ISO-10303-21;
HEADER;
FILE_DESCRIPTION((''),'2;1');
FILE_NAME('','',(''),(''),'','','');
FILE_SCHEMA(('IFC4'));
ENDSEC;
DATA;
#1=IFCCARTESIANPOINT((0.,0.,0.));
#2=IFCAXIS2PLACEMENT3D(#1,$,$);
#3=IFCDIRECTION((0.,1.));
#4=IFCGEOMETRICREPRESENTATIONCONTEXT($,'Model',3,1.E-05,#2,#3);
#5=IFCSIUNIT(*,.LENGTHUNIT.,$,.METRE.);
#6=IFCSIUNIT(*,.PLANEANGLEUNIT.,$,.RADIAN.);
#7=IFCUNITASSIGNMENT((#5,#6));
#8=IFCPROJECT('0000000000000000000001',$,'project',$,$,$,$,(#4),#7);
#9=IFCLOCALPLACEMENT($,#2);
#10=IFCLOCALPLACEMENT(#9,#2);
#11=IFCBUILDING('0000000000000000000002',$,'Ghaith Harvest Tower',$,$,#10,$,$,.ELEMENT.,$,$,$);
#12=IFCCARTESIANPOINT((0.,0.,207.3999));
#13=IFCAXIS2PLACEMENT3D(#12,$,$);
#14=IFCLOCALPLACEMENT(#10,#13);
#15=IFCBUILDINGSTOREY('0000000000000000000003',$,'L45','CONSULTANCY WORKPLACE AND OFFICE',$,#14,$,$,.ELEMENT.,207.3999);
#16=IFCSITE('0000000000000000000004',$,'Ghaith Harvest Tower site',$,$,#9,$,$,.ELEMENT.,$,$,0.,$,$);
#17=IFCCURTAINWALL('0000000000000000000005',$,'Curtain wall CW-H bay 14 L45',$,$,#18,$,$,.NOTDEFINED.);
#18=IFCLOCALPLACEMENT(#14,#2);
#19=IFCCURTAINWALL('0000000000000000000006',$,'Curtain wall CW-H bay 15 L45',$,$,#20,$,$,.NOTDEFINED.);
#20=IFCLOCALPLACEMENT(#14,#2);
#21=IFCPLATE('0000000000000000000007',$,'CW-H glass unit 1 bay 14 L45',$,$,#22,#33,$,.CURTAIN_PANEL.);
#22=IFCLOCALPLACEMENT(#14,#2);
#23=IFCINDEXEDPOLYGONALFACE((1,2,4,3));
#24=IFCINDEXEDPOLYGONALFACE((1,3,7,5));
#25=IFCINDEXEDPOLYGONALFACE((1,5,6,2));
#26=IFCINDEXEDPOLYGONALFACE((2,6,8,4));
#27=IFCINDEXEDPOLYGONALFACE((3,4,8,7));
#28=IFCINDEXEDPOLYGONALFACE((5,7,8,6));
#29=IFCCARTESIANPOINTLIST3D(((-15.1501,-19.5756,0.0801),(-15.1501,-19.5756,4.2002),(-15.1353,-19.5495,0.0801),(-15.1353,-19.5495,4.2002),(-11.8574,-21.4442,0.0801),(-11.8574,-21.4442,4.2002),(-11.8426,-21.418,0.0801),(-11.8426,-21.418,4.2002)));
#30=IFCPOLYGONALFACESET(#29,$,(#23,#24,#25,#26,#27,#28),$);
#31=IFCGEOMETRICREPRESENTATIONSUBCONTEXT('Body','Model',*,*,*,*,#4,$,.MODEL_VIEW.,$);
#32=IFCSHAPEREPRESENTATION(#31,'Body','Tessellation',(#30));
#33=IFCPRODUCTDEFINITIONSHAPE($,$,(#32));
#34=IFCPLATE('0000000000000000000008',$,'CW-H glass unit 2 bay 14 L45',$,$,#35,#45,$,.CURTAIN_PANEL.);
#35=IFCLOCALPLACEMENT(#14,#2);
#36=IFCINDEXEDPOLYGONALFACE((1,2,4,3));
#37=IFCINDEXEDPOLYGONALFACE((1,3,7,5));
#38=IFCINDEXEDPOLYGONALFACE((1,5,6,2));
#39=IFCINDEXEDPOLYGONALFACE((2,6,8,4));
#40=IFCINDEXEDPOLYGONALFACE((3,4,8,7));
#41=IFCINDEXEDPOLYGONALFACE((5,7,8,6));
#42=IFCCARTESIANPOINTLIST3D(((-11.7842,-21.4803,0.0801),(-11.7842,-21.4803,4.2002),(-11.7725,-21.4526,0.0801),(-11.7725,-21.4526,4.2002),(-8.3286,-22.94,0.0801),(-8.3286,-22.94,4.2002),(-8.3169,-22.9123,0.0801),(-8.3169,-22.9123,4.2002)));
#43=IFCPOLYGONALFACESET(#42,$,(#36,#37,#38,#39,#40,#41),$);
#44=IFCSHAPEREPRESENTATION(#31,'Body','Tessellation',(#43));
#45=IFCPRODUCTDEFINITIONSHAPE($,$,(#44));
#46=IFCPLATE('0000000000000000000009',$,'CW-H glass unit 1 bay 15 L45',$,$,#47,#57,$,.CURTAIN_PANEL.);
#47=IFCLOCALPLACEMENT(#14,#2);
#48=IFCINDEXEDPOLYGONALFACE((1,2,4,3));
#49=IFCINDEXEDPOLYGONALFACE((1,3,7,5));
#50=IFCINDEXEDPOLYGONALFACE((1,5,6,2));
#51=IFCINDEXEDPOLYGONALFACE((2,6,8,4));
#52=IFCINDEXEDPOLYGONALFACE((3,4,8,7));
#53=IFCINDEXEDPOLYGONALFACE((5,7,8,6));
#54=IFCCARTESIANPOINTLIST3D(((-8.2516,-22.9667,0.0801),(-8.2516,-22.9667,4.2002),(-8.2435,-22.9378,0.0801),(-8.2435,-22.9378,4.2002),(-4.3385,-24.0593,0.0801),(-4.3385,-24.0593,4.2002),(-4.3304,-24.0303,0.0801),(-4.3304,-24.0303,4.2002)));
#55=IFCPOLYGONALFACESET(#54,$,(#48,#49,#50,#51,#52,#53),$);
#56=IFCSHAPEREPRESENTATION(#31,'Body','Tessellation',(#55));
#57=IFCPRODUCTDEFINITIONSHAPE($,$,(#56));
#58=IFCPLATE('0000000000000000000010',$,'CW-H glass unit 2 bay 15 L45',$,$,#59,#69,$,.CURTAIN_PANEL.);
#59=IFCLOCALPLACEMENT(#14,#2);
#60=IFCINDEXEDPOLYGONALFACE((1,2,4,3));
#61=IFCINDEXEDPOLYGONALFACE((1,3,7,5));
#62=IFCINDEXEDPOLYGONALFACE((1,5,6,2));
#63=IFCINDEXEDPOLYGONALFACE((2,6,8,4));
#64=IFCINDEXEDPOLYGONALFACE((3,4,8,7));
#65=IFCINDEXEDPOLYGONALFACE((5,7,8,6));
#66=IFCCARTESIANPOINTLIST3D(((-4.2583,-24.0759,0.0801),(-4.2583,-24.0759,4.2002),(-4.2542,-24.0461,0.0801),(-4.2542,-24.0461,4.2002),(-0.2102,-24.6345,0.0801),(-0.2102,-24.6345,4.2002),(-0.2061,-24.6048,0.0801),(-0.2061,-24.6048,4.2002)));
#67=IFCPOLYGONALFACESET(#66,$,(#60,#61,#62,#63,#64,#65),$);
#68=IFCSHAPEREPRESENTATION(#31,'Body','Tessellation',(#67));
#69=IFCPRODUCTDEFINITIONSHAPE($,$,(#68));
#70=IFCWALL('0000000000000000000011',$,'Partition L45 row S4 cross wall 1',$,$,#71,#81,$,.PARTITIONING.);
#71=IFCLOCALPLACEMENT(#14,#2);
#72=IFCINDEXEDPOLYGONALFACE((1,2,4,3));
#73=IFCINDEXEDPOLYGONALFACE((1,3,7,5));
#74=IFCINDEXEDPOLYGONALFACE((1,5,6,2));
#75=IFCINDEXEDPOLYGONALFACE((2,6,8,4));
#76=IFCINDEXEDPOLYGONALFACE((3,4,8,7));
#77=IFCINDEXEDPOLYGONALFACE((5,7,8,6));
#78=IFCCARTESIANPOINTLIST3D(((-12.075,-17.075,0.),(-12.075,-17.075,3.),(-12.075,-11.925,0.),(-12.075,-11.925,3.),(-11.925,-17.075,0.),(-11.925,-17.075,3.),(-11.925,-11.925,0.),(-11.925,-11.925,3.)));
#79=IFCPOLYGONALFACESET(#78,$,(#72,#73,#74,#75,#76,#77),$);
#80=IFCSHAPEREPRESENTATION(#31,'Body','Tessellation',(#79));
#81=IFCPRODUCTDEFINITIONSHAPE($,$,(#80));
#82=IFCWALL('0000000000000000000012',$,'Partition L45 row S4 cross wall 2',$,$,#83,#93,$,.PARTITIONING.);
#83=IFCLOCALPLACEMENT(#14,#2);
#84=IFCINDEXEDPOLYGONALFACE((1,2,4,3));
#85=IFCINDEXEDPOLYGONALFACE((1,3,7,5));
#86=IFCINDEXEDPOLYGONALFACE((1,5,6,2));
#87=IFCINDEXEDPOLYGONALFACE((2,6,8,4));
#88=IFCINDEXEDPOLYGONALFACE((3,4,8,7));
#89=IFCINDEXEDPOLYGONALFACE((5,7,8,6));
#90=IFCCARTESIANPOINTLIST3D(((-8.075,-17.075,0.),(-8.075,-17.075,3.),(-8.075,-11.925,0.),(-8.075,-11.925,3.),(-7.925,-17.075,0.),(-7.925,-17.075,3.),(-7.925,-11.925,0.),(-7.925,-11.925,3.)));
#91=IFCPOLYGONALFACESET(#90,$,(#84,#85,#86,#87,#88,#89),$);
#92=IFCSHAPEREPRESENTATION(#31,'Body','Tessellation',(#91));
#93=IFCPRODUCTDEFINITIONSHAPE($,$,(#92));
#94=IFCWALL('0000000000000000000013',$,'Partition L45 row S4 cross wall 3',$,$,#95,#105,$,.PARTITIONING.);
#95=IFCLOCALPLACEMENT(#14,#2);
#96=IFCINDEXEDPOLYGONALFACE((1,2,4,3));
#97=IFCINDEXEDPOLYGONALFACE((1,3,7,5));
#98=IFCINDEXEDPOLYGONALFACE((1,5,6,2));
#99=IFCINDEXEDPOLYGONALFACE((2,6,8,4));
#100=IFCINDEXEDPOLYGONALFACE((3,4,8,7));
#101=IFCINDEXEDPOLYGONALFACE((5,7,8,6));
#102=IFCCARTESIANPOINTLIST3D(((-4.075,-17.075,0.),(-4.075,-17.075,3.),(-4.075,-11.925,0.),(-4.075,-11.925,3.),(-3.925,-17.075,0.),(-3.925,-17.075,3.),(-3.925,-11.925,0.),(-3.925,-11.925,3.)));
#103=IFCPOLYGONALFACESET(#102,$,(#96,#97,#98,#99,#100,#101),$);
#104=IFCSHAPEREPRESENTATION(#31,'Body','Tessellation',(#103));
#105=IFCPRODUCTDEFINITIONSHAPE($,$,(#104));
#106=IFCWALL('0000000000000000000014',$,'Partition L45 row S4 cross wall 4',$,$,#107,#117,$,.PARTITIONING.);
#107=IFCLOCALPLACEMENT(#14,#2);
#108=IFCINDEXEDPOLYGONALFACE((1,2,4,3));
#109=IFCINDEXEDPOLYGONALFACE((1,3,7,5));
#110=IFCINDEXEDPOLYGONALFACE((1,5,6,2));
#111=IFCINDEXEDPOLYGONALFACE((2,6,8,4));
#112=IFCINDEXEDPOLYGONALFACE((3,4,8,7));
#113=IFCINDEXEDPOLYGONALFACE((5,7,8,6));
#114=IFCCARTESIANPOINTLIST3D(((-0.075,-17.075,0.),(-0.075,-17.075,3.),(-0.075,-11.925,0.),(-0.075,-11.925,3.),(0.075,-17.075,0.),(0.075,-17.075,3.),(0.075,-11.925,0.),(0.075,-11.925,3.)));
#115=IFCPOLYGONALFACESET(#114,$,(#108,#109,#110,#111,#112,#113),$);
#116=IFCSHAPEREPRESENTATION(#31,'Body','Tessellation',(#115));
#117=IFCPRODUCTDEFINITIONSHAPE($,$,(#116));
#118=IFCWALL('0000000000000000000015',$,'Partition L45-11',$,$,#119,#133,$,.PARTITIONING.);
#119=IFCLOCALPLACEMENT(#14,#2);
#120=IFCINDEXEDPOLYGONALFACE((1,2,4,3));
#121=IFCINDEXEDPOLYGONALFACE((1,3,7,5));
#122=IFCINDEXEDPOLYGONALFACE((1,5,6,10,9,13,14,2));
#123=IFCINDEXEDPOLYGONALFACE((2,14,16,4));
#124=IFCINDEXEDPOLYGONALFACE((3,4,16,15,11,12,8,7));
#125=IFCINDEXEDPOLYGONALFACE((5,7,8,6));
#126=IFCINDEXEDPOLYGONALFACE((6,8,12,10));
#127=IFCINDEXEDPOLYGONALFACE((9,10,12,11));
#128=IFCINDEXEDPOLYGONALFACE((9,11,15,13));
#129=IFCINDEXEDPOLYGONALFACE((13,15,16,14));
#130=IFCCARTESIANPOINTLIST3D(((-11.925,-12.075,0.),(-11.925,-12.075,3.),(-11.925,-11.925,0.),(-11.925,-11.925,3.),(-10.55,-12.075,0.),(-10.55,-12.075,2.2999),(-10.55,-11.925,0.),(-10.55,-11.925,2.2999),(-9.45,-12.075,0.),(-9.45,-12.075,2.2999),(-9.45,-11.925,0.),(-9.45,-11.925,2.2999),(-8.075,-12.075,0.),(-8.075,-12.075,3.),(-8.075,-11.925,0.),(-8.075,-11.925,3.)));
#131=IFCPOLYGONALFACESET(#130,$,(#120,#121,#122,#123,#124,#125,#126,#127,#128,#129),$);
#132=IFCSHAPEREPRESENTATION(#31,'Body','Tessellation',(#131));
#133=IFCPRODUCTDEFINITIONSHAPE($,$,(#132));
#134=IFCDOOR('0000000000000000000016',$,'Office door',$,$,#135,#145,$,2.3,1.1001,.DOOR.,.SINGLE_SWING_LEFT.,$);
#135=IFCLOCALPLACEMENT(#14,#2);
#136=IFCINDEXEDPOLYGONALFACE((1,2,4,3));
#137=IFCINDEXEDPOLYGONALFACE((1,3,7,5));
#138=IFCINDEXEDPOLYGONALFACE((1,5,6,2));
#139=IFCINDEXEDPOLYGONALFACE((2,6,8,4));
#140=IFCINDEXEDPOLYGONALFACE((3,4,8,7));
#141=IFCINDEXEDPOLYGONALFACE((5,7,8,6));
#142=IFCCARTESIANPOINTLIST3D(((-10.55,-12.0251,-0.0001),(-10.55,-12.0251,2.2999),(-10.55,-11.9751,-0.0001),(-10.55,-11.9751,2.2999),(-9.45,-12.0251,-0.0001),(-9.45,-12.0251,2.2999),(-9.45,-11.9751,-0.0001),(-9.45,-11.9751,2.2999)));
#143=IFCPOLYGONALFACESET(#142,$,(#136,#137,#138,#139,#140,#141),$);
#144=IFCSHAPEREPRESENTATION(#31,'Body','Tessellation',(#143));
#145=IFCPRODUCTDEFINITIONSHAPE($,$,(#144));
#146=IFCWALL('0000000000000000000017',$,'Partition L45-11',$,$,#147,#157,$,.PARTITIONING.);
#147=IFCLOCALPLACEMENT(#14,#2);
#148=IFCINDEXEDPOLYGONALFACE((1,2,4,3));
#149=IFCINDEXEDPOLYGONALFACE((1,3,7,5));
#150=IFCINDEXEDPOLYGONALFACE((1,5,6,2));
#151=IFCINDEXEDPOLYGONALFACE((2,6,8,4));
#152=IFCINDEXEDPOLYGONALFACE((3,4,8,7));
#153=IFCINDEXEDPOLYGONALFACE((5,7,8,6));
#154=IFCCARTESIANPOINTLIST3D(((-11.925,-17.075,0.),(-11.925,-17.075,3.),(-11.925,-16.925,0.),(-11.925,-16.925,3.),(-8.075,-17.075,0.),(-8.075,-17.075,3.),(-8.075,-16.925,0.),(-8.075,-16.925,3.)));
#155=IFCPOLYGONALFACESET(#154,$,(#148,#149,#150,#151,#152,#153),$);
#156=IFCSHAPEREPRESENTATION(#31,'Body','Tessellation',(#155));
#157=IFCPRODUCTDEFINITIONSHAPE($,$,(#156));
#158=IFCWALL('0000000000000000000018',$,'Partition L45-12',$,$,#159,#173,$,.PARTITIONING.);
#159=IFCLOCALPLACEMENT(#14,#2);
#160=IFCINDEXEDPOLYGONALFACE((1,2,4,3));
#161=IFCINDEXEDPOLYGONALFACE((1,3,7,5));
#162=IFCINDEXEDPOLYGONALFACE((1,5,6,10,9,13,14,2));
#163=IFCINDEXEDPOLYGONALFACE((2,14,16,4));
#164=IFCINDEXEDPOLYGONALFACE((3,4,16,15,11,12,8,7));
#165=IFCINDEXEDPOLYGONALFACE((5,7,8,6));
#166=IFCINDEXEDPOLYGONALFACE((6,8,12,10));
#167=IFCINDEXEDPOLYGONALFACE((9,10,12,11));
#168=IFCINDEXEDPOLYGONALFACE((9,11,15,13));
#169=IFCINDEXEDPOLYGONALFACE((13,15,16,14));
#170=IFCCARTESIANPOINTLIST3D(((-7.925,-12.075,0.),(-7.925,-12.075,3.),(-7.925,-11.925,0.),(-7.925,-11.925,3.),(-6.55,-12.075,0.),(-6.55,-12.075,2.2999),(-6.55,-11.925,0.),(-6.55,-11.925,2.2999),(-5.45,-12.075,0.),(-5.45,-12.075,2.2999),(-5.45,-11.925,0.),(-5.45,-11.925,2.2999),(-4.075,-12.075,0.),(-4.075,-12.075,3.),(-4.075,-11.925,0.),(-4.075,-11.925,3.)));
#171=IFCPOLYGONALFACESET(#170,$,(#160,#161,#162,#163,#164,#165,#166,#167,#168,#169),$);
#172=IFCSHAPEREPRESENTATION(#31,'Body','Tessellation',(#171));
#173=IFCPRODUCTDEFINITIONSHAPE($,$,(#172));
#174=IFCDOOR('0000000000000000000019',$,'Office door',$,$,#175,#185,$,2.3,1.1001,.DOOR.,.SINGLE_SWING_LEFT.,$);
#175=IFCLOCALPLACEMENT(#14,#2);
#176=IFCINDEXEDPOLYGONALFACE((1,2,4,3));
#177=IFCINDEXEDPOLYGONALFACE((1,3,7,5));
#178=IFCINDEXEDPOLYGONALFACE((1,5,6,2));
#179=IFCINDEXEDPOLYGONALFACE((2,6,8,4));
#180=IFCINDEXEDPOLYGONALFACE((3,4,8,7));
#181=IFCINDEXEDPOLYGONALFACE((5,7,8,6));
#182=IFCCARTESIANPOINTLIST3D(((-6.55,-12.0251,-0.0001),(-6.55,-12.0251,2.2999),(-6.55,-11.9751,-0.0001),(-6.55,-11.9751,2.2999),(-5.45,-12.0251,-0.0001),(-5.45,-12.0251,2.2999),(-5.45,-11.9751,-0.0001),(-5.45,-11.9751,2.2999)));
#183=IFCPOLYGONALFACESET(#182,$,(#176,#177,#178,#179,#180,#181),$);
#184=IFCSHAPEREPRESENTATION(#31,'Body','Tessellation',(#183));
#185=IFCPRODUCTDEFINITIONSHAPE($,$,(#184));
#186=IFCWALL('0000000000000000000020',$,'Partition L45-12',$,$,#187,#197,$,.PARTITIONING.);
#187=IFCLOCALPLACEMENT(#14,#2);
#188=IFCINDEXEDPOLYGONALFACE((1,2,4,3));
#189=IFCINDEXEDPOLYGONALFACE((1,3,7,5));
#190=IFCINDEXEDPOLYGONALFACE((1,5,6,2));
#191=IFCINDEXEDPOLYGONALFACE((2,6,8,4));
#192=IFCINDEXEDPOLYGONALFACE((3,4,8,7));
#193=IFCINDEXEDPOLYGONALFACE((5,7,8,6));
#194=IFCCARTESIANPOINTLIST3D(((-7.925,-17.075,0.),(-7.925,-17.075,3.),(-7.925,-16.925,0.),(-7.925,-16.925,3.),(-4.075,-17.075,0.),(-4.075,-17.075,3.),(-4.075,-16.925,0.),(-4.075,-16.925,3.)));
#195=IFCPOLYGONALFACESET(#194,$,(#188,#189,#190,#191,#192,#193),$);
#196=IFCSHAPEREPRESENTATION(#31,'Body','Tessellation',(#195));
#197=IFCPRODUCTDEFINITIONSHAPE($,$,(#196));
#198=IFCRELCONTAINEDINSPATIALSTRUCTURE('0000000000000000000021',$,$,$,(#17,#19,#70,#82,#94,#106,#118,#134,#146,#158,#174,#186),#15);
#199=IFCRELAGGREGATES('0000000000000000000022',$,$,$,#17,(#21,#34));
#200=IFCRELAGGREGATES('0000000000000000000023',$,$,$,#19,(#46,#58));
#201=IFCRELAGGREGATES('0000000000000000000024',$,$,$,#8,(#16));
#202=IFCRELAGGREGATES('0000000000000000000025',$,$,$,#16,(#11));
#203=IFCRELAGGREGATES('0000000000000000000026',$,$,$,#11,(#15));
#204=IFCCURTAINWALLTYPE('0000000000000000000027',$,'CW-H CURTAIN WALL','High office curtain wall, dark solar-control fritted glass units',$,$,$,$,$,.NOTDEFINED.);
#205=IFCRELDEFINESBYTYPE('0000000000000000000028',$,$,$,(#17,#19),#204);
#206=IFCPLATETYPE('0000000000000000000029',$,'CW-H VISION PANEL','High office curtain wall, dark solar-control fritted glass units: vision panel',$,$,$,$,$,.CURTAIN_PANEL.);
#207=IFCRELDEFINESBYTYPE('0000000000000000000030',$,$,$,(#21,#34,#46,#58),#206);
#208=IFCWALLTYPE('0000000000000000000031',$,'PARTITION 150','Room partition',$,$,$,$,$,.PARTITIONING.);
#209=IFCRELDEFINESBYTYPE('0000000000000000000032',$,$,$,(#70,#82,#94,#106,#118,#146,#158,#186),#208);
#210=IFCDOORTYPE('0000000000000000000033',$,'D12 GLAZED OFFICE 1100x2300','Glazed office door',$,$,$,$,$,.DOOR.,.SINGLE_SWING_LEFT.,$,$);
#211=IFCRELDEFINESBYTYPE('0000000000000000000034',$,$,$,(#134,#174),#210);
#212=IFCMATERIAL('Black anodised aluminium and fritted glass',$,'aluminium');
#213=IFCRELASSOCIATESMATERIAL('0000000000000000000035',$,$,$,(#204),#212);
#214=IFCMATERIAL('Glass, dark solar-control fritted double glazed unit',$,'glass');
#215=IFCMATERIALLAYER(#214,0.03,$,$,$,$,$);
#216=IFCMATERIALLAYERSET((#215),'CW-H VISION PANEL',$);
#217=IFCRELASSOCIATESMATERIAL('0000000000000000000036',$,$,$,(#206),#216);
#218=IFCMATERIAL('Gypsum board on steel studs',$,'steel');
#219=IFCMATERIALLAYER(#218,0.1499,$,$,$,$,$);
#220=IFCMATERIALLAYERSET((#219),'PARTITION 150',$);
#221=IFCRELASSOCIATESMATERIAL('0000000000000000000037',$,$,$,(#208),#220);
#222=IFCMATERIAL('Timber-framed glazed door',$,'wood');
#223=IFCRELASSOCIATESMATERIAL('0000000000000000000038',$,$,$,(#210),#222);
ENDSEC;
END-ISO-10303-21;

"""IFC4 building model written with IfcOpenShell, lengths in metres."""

from ifc_helpers import new_model, si_unit, direction, frame, frame_2d, origin, origin_2d, place, context, subcontext, project, spatial, rectangle, extrude, material, layer, layer_set, type_object, element, fill, aggregate, save


model = new_model("IFC4")

# Units and contexts
model_context = context("Model", 3, precision=1e-05, world=origin(), true_north=direction((0.0, 1.0)))
body_context = subcontext(model_context, "Body", "Model", "MODEL_VIEW")
ifc_project = project(units=[si_unit("LENGTHUNIT", "METRE"), si_unit("PLANEANGLEUNIT", "RADIAN")], contexts=[model_context])

# Site, building, storey
site_placement = place(None, origin())
site = spatial("IfcSite", under=ifc_project, at=site_placement, Name="Ghaith Harvest Tower site", CompositionType="ELEMENT", RefElevation=0.0)
building_placement = place(site_placement, origin())
building = spatial("IfcBuilding", under=site, at=building_placement, Name="Ghaith Harvest Tower", CompositionType="ELEMENT")
storey_placement = place(building_placement, frame((0.0, 0.0, 207.3999)))
storey = spatial("IfcBuildingStorey", under=building, at=storey_placement, Name="L45", Description="CONSULTANCY WORKPLACE AND OFFICE", CompositionType="ELEMENT", Elevation=207.3999)

# Curtain wall
ifc_material_1 = material(Name="Black anodised aluminium and fritted glass", Category="aluminium")
curtain_wall_type = type_object("IfcCurtainWallType", Name="CW-H CURTAIN WALL", Description="High office curtain wall, dark solar-control fritted glass units", PredefinedType="NOTDEFINED", material=ifc_material_1)
curtain_wall_1_placement = place(storey_placement, origin())
curtain_wall_1 = element("IfcCurtainWall", 1, at=curtain_wall_1_placement, inside=storey, type_object=curtain_wall_type, Name="Curtain wall CW-H bay 14 L45", PredefinedType="NOTDEFINED")

# Curtain wall
curtain_wall_2_placement = place(storey_placement, origin())
curtain_wall_2 = element("IfcCurtainWall", 2, at=curtain_wall_2_placement, inside=storey, type_object=curtain_wall_type, Name="Curtain wall CW-H bay 15 L45", PredefinedType="NOTDEFINED")

# Plates
ifc_material_2 = material(Name="Glass, dark solar-control fritted double glazed unit", Category="glass")
ifc_layer_1 = layer(ifc_material_2, 0.03)
ifc_layer_set_1 = layer_set([ifc_layer_1], Name="CW-H VISION PANEL")
plate_type = type_object("IfcPlateType", Name="CW-H VISION PANEL", Description="High office curtain wall, dark solar-control fritted glass units: vision panel", PredefinedType="CURTAIN_PANEL", material=ifc_layer_set_1)
plate_1_placement = place(storey_placement, frame((-13.4963, -20.4968, 0.0801), z_axis=(0.0, 0.0, 1.0), x_axis=(0.869715, -0.493554, 0.0)))
plate_1 = element("IfcPlate", 3, at=plate_1_placement, type_object=plate_type, Name="CW-H glass unit 1 bay 14 L45", PredefinedType="CURTAIN_PANEL", context=body_context, shape_type="SweptSolid", body=[
    extrude(rectangle(XDim=3.7859, YDim=0.03, at=origin_2d()), origin(), (0.0, 0.0, 1.0), 4.1201),
])
plate_2_placement = place(storey_placement, frame((-10.0505, -22.1963, 0.0801), z_axis=(0.0, 0.0, 1.0), x_axis=(0.921182, -0.389133, 0.0)))
plate_2 = element("IfcPlate", 4, at=plate_2_placement, type_object=plate_type, Name="CW-H glass unit 2 bay 14 L45", PredefinedType="CURTAIN_PANEL", context=body_context, shape_type="SweptSolid", body=[
    extrude(rectangle(XDim=3.7512, YDim=0.03, at=origin_2d()), origin(), (0.0, 0.0, 1.0), 4.1201),
])
aggregate(curtain_wall_1, [plate_1, plate_2])
plate_3_placement = place(storey_placement, frame((-6.291, -23.4985, 0.0801), z_axis=(0.0, 0.0, 1.0), x_axis=(0.963163, -0.268919, 0.0)))
plate_3 = element("IfcPlate", 5, at=plate_3_placement, type_object=plate_type, Name="CW-H glass unit 1 bay 15 L45", PredefinedType="CURTAIN_PANEL", context=body_context, shape_type="SweptSolid", body=[
    extrude(rectangle(XDim=4.0627, YDim=0.03, at=origin_2d()), origin(), (0.0, 0.0, 1.0), 4.1201),
])
plate_4_placement = place(storey_placement, frame((-2.2322, -24.3403, 0.0801), z_axis=(0.0, 0.0, 1.0), x_axis=(0.990612, -0.136702, 0.0)))
plate_4 = element("IfcPlate", 6, at=plate_4_placement, type_object=plate_type, Name="CW-H glass unit 2 bay 15 L45", PredefinedType="CURTAIN_PANEL", context=body_context, shape_type="SweptSolid", body=[
    extrude(rectangle(XDim=4.0864, YDim=0.03, at=origin_2d()), origin(), (0.0, 0.0, 1.0), 4.1201),
])
aggregate(curtain_wall_2, [plate_3, plate_4])

# Walls
ifc_material_3 = material(Name="Gypsum board on steel studs", Category="steel")
ifc_layer_2 = layer(ifc_material_3, 0.1499)
ifc_layer_set_2 = layer_set([ifc_layer_2], Name="PARTITION 150")
wall_type = type_object("IfcWallType", Name="PARTITION 150", Description="Room partition", PredefinedType="PARTITIONING", material=ifc_layer_set_2)
for number, where, z_axis, x_axis, name in (
    (7, (-12.0, -11.925, 0.0), (0.0, 0.0, 1.0), (0.0, -1.0, 0.0), "Partition L45 row S4 cross wall 1"),
    (8, (-8.0, -11.925, 0.0), (0.0, 0.0, 1.0), (0.0, -1.0, 0.0), "Partition L45 row S4 cross wall 2"),
    (9, (-4.0, -11.925, 0.0), (0.0, 0.0, 1.0), (0.0, -1.0, 0.0), "Partition L45 row S4 cross wall 3"),
    (10, (0.0, -11.925, 0.0), (0.0, 0.0, 1.0), (0.0, -1.0, 0.0), "Partition L45 row S4 cross wall 4"),
):
    element("IfcWall", number, at=place(storey_placement, frame(where, z_axis=z_axis, x_axis=x_axis)), inside=storey, type_object=wall_type, Name=name, PredefinedType="PARTITIONING", context=body_context, shape_type="SweptSolid", body=[
        extrude(rectangle(XDim=5.1499, YDim=0.1499, at=frame_2d((2.575, 0.0))), origin(), (0.0, 0.0, 1.0), 3.0),
    ])

# Wall, opening, door
wall_1_placement = place(storey_placement, frame((-11.925, -12.0, 0.0), z_axis=(0.0, 0.0, 1.0), x_axis=(1.0, 0.0, 0.0)))
wall_1 = element("IfcWall", 11, at=wall_1_placement, inside=storey, type_object=wall_type, Name="Partition L45-11", PredefinedType="PARTITIONING", context=body_context, shape_type="SweptSolid", body=[
    extrude(rectangle(XDim=3.8501, YDim=0.1499, at=frame_2d((1.925, 0.0))), origin(), (0.0, 0.0, 1.0), 3.0),
])
opening_1_placement = place(wall_1_placement, frame((1.375, 0.0, 0.0)))
opening_1 = element("IfcOpeningElement", 12, at=opening_1_placement, cuts=wall_1, PredefinedType="OPENING", context=body_context, shape_type="SweptSolid", body=[
    extrude(rectangle(XDim=1.1001, YDim=2.3, at=frame_2d((0.55, 1.1499))), frame((0.0, 0.085, 0.0), z_axis=(0.0, -1.0, 0.0), x_axis=(1.0, 0.0, 0.0)), (0.0, 0.0, 1.0), 0.1699),
])
ifc_material_4 = material(Name="Timber-framed glazed door", Category="wood")
door_type = type_object("IfcDoorType", Name="D12 GLAZED OFFICE 1100x2300", Description="Glazed office door", OperationType="SINGLE_SWING_LEFT", PredefinedType="DOOR", material=ifc_material_4)
door_1_placement = place(opening_1_placement, origin())
door_1 = element("IfcDoor", 13, at=door_1_placement, inside=storey, type_object=door_type, Name="Office door", OperationType="SINGLE_SWING_LEFT", OverallHeight=2.3, OverallWidth=1.1001, PredefinedType="DOOR", context=body_context, shape_type="SweptSolid", body=[
    extrude(rectangle(XDim=1.1001, YDim=2.3, at=frame_2d((0.55, 1.1499))), frame((0.0, 0.0249, 0.0), z_axis=(0.0, -1.0, 0.0), x_axis=(1.0, 0.0, 0.0)), (0.0, 0.0, 1.0), 0.05),
])
fill(opening_1, door_1)

# Wall
wall_2_placement = place(storey_placement, frame((-11.925, -17.0, 0.0), z_axis=(0.0, 0.0, 1.0), x_axis=(1.0, 0.0, 0.0)))
element("IfcWall", 14, at=wall_2_placement, inside=storey, type_object=wall_type, Name="Partition L45-11", PredefinedType="PARTITIONING", context=body_context, shape_type="SweptSolid", body=[
    extrude(rectangle(XDim=3.8501, YDim=0.1499, at=frame_2d((1.925, 0.0))), origin(), (0.0, 0.0, 1.0), 3.0),
])

# Wall, opening, door
wall_3_placement = place(storey_placement, frame((-7.925, -12.0, 0.0), z_axis=(0.0, 0.0, 1.0), x_axis=(1.0, 0.0, 0.0)))
wall_3 = element("IfcWall", 15, at=wall_3_placement, inside=storey, type_object=wall_type, Name="Partition L45-12", PredefinedType="PARTITIONING", context=body_context, shape_type="SweptSolid", body=[
    extrude(rectangle(XDim=3.8501, YDim=0.1499, at=frame_2d((1.925, 0.0))), origin(), (0.0, 0.0, 1.0), 3.0),
])
opening_2_placement = place(wall_3_placement, frame((1.375, 0.0, 0.0)))
opening_2 = element("IfcOpeningElement", 16, at=opening_2_placement, cuts=wall_3, PredefinedType="OPENING", context=body_context, shape_type="SweptSolid", body=[
    extrude(rectangle(XDim=1.1001, YDim=2.3, at=frame_2d((0.55, 1.1499))), frame((0.0, 0.085, 0.0), z_axis=(0.0, -1.0, 0.0), x_axis=(1.0, 0.0, 0.0)), (0.0, 0.0, 1.0), 0.1699),
])
door_2_placement = place(opening_2_placement, origin())
door_2 = element("IfcDoor", 17, at=door_2_placement, inside=storey, type_object=door_type, Name="Office door", OperationType="SINGLE_SWING_LEFT", OverallHeight=2.3, OverallWidth=1.1001, PredefinedType="DOOR", context=body_context, shape_type="SweptSolid", body=[
    extrude(rectangle(XDim=1.1001, YDim=2.3, at=frame_2d((0.55, 1.1499))), frame((0.0, 0.0249, 0.0), z_axis=(0.0, -1.0, 0.0), x_axis=(1.0, 0.0, 0.0)), (0.0, 0.0, 1.0), 0.05),
])
fill(opening_2, door_2)

# Wall
wall_4_placement = place(storey_placement, frame((-7.925, -17.0, 0.0), z_axis=(0.0, 0.0, 1.0), x_axis=(1.0, 0.0, 0.0)))
element("IfcWall", 18, at=wall_4_placement, inside=storey, type_object=wall_type, Name="Partition L45-12", PredefinedType="PARTITIONING", context=body_context, shape_type="SweptSolid", body=[
    extrude(rectangle(XDim=3.8501, YDim=0.1499, at=frame_2d((1.925, 0.0))), origin(), (0.0, 0.0, 1.0), 3.0),
])

save(model, "model.ifc")
